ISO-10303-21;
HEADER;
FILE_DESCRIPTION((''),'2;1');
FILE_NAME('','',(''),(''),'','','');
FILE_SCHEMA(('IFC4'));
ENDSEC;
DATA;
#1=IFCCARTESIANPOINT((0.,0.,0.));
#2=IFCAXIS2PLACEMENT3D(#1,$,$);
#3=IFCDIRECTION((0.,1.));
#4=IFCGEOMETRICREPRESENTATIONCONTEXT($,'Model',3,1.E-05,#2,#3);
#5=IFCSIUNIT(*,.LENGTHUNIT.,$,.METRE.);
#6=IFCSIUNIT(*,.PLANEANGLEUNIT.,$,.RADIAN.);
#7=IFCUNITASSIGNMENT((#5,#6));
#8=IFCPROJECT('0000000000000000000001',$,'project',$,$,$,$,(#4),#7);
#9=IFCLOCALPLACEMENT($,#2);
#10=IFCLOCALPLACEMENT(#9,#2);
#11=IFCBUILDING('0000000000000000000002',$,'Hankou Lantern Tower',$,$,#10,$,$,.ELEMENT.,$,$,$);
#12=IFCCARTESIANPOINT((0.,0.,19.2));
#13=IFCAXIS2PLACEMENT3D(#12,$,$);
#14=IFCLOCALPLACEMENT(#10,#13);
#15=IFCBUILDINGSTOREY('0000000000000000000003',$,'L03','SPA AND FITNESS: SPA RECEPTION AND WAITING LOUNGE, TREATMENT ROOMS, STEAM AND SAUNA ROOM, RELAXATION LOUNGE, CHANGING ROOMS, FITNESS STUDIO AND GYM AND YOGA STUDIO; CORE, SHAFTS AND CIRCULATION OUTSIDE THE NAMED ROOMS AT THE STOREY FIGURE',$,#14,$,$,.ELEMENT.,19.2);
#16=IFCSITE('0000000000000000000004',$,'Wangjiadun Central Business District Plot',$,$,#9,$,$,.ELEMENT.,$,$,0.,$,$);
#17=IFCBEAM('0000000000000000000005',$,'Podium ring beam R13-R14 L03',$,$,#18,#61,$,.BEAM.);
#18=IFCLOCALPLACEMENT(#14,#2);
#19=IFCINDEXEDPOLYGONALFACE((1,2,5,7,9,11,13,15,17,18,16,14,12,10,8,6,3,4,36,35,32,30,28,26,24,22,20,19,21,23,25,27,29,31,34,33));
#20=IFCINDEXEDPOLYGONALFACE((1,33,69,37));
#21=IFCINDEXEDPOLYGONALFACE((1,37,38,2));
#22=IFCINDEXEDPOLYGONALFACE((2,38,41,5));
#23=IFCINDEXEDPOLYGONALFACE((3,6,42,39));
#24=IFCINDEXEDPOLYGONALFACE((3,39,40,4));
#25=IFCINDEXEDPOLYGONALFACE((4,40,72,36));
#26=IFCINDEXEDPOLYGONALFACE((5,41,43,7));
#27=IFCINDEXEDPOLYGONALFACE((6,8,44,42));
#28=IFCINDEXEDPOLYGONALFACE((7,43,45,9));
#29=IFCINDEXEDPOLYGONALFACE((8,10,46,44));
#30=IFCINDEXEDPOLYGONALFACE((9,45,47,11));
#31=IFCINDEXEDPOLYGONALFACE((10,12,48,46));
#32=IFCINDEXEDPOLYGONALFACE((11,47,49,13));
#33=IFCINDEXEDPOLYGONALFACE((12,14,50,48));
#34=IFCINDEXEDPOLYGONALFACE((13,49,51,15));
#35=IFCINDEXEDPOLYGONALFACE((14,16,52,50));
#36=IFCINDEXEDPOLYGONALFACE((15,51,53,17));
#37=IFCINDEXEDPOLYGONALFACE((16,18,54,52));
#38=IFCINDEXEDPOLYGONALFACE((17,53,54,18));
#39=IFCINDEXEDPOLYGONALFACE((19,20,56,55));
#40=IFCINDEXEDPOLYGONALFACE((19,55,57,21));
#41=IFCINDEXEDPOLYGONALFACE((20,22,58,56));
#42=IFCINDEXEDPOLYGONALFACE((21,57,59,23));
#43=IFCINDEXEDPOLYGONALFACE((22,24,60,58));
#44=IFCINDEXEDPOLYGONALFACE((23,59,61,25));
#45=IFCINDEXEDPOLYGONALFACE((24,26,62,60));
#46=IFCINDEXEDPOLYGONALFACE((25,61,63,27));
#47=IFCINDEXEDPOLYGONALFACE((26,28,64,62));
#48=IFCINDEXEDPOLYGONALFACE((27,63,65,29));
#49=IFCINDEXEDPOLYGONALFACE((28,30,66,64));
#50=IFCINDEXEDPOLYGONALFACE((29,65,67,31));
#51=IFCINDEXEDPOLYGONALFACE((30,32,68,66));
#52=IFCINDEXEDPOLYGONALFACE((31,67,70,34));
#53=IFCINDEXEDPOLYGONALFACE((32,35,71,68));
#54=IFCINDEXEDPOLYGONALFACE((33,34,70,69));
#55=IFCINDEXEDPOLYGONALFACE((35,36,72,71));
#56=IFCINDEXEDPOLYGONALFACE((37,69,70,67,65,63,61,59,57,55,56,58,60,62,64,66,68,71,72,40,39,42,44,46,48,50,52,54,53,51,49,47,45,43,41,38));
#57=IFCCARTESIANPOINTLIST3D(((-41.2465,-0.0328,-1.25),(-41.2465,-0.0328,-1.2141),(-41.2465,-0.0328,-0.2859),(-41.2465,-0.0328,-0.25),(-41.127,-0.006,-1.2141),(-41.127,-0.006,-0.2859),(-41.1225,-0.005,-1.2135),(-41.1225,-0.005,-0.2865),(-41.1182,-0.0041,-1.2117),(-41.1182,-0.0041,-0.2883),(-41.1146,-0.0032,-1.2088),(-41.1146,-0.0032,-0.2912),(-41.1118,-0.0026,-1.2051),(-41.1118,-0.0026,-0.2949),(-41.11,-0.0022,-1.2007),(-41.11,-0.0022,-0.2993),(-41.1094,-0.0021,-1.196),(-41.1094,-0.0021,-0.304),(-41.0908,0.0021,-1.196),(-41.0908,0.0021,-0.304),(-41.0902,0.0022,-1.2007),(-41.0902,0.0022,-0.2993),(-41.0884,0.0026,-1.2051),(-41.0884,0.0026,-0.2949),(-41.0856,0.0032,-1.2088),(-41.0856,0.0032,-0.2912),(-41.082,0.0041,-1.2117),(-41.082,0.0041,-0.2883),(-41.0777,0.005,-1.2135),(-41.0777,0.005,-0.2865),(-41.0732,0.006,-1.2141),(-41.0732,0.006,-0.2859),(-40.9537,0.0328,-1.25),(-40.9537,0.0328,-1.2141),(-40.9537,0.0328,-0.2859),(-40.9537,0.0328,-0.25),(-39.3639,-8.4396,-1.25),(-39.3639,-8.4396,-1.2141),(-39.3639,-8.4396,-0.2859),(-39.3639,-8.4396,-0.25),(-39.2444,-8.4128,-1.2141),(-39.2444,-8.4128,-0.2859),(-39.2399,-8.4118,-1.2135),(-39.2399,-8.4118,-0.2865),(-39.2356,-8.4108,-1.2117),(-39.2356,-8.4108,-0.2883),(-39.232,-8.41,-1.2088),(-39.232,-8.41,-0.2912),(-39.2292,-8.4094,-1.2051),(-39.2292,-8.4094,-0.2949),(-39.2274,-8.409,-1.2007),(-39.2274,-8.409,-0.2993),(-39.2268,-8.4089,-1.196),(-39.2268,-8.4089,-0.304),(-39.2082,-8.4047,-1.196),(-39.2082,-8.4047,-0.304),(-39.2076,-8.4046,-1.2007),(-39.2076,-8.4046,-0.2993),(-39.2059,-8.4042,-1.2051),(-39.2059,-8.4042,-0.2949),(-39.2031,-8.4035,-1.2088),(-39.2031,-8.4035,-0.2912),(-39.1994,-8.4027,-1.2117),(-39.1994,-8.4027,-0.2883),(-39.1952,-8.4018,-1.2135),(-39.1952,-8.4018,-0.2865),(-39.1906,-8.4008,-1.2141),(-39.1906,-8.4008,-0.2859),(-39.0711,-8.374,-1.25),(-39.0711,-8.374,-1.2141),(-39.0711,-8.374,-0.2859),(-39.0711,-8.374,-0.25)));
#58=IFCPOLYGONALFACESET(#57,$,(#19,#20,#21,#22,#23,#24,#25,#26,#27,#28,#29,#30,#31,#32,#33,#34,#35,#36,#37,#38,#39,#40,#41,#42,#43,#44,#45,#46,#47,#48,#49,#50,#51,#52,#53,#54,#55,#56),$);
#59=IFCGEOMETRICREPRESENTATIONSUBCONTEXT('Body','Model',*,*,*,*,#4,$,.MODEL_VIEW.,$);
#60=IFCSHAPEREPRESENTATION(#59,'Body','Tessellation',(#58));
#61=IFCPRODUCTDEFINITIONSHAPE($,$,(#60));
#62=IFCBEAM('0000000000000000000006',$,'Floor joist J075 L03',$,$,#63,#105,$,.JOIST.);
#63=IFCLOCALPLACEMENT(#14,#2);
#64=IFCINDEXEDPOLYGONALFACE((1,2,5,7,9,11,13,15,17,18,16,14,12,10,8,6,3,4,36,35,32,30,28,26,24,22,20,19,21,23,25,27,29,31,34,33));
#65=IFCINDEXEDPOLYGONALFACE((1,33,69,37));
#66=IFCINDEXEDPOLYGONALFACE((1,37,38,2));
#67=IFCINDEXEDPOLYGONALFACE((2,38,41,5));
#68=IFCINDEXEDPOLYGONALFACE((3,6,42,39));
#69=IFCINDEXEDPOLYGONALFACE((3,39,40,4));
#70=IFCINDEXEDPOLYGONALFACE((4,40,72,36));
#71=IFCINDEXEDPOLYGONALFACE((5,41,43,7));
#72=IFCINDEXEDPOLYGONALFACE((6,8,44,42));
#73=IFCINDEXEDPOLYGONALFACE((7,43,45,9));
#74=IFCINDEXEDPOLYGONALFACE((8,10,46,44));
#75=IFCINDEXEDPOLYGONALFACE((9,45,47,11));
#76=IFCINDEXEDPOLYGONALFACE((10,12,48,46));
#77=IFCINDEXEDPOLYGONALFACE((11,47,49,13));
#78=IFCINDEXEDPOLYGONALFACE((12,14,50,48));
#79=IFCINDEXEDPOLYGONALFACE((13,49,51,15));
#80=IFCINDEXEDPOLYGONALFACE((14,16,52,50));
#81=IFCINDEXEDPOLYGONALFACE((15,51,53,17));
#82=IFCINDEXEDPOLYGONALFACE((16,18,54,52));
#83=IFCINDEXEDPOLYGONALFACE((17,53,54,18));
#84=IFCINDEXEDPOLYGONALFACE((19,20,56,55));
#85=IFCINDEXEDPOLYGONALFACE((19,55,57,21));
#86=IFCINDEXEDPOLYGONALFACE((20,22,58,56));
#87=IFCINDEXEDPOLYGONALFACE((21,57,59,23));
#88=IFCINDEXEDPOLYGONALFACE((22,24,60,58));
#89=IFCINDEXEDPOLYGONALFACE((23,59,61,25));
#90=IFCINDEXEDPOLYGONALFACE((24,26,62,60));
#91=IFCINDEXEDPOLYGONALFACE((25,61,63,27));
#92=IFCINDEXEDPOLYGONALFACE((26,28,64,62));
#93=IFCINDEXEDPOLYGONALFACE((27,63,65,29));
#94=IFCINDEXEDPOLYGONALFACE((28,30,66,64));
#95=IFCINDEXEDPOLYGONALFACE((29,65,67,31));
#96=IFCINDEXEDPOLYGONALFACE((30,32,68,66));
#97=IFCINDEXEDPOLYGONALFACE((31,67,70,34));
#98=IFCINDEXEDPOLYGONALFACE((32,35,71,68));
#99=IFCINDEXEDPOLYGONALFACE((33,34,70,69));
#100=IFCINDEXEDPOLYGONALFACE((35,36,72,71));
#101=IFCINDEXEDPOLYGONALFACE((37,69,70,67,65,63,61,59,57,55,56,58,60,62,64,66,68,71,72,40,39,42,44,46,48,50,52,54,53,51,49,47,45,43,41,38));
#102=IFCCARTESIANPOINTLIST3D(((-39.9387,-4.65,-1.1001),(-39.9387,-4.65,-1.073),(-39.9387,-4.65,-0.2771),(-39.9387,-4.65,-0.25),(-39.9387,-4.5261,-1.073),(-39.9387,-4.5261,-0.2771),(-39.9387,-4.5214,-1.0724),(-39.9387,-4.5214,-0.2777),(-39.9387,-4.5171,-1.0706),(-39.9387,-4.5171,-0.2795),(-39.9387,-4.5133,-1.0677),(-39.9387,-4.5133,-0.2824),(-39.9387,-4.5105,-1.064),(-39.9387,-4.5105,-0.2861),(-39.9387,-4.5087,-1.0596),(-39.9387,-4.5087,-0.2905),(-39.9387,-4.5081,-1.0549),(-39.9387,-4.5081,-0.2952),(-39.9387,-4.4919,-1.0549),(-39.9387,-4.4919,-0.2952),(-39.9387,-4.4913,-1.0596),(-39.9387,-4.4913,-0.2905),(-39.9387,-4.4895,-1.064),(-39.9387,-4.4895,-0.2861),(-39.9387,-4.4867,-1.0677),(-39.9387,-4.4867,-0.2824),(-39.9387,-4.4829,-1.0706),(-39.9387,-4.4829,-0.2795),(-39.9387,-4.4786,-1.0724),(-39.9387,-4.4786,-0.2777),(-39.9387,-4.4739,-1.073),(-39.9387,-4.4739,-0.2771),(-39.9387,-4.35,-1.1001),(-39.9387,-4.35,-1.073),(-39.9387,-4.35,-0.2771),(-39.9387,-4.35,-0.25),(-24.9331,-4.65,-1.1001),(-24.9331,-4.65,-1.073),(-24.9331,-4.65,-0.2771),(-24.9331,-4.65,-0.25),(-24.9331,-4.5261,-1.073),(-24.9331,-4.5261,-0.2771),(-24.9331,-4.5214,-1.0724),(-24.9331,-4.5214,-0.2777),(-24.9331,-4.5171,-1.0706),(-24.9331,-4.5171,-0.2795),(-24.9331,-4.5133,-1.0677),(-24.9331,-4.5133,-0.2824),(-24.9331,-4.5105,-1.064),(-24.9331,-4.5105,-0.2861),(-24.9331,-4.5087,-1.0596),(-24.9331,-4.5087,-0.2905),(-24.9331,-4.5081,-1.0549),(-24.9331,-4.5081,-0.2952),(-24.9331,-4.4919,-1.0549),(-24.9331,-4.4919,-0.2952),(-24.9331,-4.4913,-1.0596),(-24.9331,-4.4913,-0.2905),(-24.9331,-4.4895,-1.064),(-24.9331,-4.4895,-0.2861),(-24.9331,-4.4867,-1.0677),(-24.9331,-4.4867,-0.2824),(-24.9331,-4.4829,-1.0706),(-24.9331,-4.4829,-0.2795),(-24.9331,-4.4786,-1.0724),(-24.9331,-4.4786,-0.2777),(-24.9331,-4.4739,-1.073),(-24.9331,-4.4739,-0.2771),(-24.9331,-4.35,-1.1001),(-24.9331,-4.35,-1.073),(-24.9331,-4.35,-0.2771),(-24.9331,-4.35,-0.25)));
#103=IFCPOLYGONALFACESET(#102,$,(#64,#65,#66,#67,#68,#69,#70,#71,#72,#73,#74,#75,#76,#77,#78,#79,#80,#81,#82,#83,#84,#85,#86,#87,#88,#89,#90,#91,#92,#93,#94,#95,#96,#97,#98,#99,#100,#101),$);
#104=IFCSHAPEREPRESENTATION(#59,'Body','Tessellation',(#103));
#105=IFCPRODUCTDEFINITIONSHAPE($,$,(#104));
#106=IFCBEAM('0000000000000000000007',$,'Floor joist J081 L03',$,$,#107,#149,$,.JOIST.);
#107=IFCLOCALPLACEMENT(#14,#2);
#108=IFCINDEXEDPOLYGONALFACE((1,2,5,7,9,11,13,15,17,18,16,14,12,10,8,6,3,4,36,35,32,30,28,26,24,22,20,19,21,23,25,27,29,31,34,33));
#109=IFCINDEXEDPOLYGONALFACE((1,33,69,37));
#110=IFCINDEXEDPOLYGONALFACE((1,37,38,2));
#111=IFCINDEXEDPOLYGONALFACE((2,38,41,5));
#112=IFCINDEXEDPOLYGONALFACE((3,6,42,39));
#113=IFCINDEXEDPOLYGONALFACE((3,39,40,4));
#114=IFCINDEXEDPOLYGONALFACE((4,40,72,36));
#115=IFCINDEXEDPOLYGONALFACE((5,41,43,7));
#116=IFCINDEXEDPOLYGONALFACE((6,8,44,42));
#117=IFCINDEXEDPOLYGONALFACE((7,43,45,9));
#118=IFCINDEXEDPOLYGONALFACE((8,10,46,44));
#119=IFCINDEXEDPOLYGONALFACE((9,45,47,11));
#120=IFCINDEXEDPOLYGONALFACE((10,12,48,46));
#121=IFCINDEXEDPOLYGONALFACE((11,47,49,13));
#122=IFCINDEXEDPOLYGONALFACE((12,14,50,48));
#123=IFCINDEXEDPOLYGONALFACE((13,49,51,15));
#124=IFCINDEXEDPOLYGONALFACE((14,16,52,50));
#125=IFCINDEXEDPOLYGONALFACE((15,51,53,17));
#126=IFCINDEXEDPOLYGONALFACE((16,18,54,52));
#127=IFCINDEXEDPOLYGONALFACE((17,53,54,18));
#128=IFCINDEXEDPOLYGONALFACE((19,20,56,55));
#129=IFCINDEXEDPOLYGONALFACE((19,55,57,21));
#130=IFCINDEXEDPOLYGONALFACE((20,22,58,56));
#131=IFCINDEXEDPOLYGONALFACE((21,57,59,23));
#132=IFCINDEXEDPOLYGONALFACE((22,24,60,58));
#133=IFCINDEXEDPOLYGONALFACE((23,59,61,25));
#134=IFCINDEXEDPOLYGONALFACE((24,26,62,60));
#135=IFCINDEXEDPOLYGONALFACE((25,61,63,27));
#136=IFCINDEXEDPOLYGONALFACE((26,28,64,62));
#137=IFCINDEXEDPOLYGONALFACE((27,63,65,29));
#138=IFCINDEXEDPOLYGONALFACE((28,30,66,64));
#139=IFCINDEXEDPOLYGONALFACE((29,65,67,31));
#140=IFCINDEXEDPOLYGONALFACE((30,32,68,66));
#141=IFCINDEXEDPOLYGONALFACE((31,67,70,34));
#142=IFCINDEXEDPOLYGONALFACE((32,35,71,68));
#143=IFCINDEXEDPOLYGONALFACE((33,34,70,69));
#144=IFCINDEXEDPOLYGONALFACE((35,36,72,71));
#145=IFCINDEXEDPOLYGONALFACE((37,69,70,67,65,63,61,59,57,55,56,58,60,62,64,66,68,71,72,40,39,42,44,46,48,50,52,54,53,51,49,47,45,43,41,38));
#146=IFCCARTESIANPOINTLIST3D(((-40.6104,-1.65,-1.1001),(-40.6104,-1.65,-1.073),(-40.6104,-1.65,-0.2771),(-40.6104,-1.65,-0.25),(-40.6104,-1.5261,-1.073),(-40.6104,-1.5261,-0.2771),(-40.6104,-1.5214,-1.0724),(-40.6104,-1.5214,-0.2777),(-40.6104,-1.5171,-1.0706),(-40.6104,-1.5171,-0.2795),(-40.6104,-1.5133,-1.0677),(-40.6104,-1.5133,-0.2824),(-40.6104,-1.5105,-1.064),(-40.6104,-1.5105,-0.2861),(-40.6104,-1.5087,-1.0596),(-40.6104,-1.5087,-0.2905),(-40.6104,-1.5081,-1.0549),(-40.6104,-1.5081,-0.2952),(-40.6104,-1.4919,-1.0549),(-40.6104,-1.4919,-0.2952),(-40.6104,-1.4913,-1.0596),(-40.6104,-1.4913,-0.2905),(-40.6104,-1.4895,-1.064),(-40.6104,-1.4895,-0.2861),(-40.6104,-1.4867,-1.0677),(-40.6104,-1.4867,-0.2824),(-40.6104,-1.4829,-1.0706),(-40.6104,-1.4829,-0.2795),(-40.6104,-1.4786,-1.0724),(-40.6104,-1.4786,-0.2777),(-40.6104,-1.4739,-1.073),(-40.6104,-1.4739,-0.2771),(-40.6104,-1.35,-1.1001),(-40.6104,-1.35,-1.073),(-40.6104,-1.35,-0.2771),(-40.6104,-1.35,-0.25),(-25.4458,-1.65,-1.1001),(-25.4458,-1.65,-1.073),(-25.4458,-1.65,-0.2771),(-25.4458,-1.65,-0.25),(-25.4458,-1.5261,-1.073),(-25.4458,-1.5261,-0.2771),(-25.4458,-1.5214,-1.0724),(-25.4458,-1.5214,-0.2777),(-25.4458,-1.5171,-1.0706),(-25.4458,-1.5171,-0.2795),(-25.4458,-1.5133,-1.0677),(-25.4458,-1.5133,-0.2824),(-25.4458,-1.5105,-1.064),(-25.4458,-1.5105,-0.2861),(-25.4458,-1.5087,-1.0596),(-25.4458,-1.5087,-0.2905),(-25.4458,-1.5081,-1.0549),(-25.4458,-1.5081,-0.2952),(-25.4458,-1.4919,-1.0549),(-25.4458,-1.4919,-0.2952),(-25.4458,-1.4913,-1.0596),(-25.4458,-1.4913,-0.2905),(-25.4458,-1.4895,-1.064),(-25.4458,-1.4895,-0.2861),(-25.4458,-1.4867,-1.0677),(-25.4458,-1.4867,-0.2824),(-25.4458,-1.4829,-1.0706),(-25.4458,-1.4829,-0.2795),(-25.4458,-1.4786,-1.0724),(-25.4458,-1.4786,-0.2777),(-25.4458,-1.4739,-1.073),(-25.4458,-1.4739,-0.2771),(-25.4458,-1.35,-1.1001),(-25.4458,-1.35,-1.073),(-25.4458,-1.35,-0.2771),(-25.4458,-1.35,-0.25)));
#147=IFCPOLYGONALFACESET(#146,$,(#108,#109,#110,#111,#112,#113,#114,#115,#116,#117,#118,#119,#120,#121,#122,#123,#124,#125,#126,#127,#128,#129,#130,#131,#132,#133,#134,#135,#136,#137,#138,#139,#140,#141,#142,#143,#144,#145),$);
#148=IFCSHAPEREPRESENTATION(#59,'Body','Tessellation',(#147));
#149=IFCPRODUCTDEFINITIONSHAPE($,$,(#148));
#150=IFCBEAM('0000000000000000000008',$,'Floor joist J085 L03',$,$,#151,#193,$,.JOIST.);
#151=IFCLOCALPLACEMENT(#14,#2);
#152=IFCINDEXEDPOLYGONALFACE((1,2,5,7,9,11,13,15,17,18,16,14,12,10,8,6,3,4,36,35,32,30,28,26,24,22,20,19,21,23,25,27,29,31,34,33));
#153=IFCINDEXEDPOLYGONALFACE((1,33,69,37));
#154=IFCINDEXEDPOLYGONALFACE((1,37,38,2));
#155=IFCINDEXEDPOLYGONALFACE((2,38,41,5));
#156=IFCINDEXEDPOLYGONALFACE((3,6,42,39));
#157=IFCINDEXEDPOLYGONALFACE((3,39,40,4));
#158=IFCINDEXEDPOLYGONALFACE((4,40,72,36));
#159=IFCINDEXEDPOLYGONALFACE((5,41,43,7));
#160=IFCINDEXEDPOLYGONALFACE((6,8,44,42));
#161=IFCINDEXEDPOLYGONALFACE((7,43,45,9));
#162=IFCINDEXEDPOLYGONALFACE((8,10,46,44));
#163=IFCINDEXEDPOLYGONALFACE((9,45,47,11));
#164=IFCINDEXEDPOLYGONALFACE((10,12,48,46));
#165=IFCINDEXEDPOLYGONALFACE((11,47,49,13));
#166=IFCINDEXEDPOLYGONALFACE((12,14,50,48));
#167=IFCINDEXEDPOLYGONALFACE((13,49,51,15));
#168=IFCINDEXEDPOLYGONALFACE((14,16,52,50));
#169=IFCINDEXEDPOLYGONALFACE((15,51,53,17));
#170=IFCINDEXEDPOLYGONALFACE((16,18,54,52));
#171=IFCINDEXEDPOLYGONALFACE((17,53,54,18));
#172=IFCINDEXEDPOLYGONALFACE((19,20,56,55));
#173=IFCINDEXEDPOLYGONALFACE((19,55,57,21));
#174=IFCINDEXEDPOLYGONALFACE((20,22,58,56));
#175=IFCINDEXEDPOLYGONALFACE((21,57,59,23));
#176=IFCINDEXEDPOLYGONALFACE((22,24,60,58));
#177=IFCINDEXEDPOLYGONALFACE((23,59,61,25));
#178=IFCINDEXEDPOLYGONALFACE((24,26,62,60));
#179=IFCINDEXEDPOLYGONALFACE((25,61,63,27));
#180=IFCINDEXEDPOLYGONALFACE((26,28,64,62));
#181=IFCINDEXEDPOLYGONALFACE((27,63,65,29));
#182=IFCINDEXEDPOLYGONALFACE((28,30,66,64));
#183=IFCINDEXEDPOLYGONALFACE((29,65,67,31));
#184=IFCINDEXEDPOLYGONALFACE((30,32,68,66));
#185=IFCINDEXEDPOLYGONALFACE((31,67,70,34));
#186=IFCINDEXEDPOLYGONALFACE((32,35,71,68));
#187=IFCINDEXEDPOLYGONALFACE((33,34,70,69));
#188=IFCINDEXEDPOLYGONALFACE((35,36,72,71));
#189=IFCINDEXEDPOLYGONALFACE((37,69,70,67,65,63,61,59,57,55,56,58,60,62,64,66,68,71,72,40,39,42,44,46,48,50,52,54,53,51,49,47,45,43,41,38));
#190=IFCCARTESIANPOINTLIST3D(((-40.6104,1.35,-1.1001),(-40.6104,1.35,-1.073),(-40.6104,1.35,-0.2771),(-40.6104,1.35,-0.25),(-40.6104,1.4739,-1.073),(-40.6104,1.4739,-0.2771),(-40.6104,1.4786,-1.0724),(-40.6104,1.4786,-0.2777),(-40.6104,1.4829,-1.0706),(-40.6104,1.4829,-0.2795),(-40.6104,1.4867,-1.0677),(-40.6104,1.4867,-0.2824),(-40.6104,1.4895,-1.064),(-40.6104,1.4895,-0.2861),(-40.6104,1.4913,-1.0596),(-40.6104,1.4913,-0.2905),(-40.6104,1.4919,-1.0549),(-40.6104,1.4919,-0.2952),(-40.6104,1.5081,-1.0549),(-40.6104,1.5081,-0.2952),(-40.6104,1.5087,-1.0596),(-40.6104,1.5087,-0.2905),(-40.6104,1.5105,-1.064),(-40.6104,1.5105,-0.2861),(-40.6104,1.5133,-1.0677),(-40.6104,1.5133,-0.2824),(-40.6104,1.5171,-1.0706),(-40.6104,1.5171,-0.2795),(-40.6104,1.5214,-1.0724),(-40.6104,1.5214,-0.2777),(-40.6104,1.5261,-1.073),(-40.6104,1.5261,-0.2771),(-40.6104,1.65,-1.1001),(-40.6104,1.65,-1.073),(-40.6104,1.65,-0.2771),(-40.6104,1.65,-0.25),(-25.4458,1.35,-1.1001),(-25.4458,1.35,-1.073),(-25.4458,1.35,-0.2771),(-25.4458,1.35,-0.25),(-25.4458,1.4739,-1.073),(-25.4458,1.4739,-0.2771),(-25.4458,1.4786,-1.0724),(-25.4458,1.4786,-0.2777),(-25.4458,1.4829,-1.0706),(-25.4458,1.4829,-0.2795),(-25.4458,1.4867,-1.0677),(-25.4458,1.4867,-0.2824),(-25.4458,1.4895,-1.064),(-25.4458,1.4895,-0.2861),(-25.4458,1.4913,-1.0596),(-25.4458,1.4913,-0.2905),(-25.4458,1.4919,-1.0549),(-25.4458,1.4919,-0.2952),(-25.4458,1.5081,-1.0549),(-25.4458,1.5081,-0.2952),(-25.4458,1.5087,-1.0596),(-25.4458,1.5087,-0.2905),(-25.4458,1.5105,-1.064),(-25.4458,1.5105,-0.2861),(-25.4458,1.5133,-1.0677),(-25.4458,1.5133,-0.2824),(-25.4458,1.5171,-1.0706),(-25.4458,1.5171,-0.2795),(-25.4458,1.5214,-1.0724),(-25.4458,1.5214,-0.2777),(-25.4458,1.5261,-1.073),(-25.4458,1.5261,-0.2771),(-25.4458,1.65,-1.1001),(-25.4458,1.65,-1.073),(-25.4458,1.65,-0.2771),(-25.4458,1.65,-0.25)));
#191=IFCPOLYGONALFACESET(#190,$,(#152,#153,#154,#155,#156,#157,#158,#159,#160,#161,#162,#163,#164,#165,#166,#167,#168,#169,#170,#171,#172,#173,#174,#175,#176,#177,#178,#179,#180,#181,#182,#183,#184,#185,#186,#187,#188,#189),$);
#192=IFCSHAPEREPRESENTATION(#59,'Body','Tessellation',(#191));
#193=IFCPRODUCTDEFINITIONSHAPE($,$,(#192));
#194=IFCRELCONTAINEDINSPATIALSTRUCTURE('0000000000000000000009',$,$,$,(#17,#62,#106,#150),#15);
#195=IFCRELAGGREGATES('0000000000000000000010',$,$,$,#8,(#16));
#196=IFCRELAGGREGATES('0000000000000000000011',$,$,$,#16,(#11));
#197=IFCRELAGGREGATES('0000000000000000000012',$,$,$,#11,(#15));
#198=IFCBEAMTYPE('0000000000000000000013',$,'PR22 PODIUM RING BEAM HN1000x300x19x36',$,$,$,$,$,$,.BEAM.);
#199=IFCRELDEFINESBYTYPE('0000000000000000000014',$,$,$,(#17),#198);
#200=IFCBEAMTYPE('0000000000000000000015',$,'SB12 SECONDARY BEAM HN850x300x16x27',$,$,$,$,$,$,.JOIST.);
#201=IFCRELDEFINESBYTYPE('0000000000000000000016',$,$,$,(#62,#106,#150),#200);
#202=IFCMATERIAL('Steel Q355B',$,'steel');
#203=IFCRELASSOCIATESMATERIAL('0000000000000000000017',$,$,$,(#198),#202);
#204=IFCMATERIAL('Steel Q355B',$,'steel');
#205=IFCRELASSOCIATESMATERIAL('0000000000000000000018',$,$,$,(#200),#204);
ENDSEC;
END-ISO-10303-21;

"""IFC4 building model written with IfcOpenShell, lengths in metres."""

from ifc_helpers import new_model, si_unit, direction, frame, origin, origin_2d, place, context, subcontext, project, spatial, i_section, extrude, material, material_profile, profile_set, type_object, element, save


model = new_model("IFC4")

# Units and contexts
model_context = context("Model", 3, precision=1e-05, world=origin(), true_north=direction((0.0, 1.0)))
body_context = subcontext(model_context, "Body", "Model", "MODEL_VIEW")
ifc_project = project(units=[si_unit("LENGTHUNIT", "METRE"), si_unit("PLANEANGLEUNIT", "RADIAN")], contexts=[model_context])

# Site, building, storey
site_placement = place(None, origin())
site = spatial("IfcSite", under=ifc_project, at=site_placement, Name="Wangjiadun Central Business District Plot", CompositionType="ELEMENT", RefElevation=0.0)
building_placement = place(site_placement, origin())
building = spatial("IfcBuilding", under=site, at=building_placement, Name="Hankou Lantern Tower", CompositionType="ELEMENT")
storey_placement = place(building_placement, frame((0.0, 0.0, 19.2)))
storey = spatial("IfcBuildingStorey", under=building, at=storey_placement, Name="L03", Description="SPA AND FITNESS: SPA RECEPTION AND WAITING LOUNGE, TREATMENT ROOMS, STEAM AND SAUNA ROOM, RELAXATION LOUNGE, CHANGING ROOMS, FITNESS STUDIO AND GYM AND YOGA STUDIO; CORE, SHAFTS AND CIRCULATION OUTSIDE THE NAMED ROOMS AT THE STOREY FIGURE", CompositionType="ELEMENT", Elevation=19.2)

# Beams
ifc_material_1 = material(Name="Steel Q355B", Category="steel")
ifc_material_profile_1 = material_profile(ifc_material_1, i_section(OverallWidth=0.3, OverallDepth=1.0, WebThickness=0.019, FlangeThickness=0.0359, FilletRadius=0.0181, at=origin_2d()), Name="HN1000x300x19x36")
ifc_profile_set_1 = profile_set([ifc_material_profile_1], Name="Steel Q355B")
beam_type_1 = type_object("IfcBeamType", Name="PR22 PODIUM RING BEAM HN1000x300x19x36", PredefinedType="BEAM", material=ifc_profile_set_1)
beam_1_placement = place(storey_placement, frame((-41.1001, 0.0, -0.75), z_axis=(0.218523, -0.975832, 0.0), x_axis=(0.975832, 0.218523, 0.0)))
element("IfcBeam", 1, at=beam_1_placement, inside=storey, type_object=beam_type_1, Name="Podium ring beam R13-R14 L03", PredefinedType="BEAM", context=body_context, shape_type="SweptSolid", body=[
    extrude(i_section(OverallWidth=0.3, OverallDepth=1.0, WebThickness=0.019, FlangeThickness=0.0359, FilletRadius=0.0181, at=origin_2d()), origin(), (0.0, 0.0, 1.0), 8.615),
])
ifc_material_2 = material(Name="Steel Q355B", Category="steel")
ifc_material_profile_2 = material_profile(ifc_material_2, i_section(OverallWidth=0.3, OverallDepth=0.8501, WebThickness=0.0161, FlangeThickness=0.0271, FilletRadius=0.0181, at=origin_2d()), Name="HN850x300x16x27")
ifc_profile_set_2 = profile_set([ifc_material_profile_2], Name="Steel Q355B")
beam_type_2 = type_object("IfcBeamType", Name="SB12 SECONDARY BEAM HN850x300x16x27", PredefinedType="JOIST", material=ifc_profile_set_2)
beam_2_placement = place(storey_placement, frame((-39.9387, -4.5, -0.675), z_axis=(1.0, 0.0, 0.0), x_axis=(0.0, 1.0, 0.0)))
element("IfcBeam", 2, at=beam_2_placement, inside=storey, type_object=beam_type_2, Name="Floor joist J075 L03", PredefinedType="JOIST", context=body_context, shape_type="SweptSolid", body=[
    extrude(i_section(OverallWidth=0.3, OverallDepth=0.8501, WebThickness=0.0161, FlangeThickness=0.0271, FilletRadius=0.0181, at=origin_2d()), origin(), (0.0, 0.0, 1.0), 15.0056),
])
for number, where, z_axis, x_axis, name in (
    (3, (-40.6104, -1.5, -0.675), (1.0, 0.0, 0.0), (0.0, 1.0, 0.0), "Floor joist J081 L03"),
    (4, (-40.6104, 1.5, -0.675), (1.0, 0.0, 0.0), (0.0, 1.0, 0.0), "Floor joist J085 L03"),
):
    element("IfcBeam", number, at=place(storey_placement, frame(where, z_axis=z_axis, x_axis=x_axis)), inside=storey, type_object=beam_type_2, Name=name, PredefinedType="JOIST", context=body_context, shape_type="SweptSolid", body=[
        extrude(i_section(OverallWidth=0.3, OverallDepth=0.8501, WebThickness=0.0161, FlangeThickness=0.0271, FilletRadius=0.0181, at=origin_2d()), origin(), (0.0, 0.0, 1.0), 15.1646),
    ])

save(model, "model.ifc")
